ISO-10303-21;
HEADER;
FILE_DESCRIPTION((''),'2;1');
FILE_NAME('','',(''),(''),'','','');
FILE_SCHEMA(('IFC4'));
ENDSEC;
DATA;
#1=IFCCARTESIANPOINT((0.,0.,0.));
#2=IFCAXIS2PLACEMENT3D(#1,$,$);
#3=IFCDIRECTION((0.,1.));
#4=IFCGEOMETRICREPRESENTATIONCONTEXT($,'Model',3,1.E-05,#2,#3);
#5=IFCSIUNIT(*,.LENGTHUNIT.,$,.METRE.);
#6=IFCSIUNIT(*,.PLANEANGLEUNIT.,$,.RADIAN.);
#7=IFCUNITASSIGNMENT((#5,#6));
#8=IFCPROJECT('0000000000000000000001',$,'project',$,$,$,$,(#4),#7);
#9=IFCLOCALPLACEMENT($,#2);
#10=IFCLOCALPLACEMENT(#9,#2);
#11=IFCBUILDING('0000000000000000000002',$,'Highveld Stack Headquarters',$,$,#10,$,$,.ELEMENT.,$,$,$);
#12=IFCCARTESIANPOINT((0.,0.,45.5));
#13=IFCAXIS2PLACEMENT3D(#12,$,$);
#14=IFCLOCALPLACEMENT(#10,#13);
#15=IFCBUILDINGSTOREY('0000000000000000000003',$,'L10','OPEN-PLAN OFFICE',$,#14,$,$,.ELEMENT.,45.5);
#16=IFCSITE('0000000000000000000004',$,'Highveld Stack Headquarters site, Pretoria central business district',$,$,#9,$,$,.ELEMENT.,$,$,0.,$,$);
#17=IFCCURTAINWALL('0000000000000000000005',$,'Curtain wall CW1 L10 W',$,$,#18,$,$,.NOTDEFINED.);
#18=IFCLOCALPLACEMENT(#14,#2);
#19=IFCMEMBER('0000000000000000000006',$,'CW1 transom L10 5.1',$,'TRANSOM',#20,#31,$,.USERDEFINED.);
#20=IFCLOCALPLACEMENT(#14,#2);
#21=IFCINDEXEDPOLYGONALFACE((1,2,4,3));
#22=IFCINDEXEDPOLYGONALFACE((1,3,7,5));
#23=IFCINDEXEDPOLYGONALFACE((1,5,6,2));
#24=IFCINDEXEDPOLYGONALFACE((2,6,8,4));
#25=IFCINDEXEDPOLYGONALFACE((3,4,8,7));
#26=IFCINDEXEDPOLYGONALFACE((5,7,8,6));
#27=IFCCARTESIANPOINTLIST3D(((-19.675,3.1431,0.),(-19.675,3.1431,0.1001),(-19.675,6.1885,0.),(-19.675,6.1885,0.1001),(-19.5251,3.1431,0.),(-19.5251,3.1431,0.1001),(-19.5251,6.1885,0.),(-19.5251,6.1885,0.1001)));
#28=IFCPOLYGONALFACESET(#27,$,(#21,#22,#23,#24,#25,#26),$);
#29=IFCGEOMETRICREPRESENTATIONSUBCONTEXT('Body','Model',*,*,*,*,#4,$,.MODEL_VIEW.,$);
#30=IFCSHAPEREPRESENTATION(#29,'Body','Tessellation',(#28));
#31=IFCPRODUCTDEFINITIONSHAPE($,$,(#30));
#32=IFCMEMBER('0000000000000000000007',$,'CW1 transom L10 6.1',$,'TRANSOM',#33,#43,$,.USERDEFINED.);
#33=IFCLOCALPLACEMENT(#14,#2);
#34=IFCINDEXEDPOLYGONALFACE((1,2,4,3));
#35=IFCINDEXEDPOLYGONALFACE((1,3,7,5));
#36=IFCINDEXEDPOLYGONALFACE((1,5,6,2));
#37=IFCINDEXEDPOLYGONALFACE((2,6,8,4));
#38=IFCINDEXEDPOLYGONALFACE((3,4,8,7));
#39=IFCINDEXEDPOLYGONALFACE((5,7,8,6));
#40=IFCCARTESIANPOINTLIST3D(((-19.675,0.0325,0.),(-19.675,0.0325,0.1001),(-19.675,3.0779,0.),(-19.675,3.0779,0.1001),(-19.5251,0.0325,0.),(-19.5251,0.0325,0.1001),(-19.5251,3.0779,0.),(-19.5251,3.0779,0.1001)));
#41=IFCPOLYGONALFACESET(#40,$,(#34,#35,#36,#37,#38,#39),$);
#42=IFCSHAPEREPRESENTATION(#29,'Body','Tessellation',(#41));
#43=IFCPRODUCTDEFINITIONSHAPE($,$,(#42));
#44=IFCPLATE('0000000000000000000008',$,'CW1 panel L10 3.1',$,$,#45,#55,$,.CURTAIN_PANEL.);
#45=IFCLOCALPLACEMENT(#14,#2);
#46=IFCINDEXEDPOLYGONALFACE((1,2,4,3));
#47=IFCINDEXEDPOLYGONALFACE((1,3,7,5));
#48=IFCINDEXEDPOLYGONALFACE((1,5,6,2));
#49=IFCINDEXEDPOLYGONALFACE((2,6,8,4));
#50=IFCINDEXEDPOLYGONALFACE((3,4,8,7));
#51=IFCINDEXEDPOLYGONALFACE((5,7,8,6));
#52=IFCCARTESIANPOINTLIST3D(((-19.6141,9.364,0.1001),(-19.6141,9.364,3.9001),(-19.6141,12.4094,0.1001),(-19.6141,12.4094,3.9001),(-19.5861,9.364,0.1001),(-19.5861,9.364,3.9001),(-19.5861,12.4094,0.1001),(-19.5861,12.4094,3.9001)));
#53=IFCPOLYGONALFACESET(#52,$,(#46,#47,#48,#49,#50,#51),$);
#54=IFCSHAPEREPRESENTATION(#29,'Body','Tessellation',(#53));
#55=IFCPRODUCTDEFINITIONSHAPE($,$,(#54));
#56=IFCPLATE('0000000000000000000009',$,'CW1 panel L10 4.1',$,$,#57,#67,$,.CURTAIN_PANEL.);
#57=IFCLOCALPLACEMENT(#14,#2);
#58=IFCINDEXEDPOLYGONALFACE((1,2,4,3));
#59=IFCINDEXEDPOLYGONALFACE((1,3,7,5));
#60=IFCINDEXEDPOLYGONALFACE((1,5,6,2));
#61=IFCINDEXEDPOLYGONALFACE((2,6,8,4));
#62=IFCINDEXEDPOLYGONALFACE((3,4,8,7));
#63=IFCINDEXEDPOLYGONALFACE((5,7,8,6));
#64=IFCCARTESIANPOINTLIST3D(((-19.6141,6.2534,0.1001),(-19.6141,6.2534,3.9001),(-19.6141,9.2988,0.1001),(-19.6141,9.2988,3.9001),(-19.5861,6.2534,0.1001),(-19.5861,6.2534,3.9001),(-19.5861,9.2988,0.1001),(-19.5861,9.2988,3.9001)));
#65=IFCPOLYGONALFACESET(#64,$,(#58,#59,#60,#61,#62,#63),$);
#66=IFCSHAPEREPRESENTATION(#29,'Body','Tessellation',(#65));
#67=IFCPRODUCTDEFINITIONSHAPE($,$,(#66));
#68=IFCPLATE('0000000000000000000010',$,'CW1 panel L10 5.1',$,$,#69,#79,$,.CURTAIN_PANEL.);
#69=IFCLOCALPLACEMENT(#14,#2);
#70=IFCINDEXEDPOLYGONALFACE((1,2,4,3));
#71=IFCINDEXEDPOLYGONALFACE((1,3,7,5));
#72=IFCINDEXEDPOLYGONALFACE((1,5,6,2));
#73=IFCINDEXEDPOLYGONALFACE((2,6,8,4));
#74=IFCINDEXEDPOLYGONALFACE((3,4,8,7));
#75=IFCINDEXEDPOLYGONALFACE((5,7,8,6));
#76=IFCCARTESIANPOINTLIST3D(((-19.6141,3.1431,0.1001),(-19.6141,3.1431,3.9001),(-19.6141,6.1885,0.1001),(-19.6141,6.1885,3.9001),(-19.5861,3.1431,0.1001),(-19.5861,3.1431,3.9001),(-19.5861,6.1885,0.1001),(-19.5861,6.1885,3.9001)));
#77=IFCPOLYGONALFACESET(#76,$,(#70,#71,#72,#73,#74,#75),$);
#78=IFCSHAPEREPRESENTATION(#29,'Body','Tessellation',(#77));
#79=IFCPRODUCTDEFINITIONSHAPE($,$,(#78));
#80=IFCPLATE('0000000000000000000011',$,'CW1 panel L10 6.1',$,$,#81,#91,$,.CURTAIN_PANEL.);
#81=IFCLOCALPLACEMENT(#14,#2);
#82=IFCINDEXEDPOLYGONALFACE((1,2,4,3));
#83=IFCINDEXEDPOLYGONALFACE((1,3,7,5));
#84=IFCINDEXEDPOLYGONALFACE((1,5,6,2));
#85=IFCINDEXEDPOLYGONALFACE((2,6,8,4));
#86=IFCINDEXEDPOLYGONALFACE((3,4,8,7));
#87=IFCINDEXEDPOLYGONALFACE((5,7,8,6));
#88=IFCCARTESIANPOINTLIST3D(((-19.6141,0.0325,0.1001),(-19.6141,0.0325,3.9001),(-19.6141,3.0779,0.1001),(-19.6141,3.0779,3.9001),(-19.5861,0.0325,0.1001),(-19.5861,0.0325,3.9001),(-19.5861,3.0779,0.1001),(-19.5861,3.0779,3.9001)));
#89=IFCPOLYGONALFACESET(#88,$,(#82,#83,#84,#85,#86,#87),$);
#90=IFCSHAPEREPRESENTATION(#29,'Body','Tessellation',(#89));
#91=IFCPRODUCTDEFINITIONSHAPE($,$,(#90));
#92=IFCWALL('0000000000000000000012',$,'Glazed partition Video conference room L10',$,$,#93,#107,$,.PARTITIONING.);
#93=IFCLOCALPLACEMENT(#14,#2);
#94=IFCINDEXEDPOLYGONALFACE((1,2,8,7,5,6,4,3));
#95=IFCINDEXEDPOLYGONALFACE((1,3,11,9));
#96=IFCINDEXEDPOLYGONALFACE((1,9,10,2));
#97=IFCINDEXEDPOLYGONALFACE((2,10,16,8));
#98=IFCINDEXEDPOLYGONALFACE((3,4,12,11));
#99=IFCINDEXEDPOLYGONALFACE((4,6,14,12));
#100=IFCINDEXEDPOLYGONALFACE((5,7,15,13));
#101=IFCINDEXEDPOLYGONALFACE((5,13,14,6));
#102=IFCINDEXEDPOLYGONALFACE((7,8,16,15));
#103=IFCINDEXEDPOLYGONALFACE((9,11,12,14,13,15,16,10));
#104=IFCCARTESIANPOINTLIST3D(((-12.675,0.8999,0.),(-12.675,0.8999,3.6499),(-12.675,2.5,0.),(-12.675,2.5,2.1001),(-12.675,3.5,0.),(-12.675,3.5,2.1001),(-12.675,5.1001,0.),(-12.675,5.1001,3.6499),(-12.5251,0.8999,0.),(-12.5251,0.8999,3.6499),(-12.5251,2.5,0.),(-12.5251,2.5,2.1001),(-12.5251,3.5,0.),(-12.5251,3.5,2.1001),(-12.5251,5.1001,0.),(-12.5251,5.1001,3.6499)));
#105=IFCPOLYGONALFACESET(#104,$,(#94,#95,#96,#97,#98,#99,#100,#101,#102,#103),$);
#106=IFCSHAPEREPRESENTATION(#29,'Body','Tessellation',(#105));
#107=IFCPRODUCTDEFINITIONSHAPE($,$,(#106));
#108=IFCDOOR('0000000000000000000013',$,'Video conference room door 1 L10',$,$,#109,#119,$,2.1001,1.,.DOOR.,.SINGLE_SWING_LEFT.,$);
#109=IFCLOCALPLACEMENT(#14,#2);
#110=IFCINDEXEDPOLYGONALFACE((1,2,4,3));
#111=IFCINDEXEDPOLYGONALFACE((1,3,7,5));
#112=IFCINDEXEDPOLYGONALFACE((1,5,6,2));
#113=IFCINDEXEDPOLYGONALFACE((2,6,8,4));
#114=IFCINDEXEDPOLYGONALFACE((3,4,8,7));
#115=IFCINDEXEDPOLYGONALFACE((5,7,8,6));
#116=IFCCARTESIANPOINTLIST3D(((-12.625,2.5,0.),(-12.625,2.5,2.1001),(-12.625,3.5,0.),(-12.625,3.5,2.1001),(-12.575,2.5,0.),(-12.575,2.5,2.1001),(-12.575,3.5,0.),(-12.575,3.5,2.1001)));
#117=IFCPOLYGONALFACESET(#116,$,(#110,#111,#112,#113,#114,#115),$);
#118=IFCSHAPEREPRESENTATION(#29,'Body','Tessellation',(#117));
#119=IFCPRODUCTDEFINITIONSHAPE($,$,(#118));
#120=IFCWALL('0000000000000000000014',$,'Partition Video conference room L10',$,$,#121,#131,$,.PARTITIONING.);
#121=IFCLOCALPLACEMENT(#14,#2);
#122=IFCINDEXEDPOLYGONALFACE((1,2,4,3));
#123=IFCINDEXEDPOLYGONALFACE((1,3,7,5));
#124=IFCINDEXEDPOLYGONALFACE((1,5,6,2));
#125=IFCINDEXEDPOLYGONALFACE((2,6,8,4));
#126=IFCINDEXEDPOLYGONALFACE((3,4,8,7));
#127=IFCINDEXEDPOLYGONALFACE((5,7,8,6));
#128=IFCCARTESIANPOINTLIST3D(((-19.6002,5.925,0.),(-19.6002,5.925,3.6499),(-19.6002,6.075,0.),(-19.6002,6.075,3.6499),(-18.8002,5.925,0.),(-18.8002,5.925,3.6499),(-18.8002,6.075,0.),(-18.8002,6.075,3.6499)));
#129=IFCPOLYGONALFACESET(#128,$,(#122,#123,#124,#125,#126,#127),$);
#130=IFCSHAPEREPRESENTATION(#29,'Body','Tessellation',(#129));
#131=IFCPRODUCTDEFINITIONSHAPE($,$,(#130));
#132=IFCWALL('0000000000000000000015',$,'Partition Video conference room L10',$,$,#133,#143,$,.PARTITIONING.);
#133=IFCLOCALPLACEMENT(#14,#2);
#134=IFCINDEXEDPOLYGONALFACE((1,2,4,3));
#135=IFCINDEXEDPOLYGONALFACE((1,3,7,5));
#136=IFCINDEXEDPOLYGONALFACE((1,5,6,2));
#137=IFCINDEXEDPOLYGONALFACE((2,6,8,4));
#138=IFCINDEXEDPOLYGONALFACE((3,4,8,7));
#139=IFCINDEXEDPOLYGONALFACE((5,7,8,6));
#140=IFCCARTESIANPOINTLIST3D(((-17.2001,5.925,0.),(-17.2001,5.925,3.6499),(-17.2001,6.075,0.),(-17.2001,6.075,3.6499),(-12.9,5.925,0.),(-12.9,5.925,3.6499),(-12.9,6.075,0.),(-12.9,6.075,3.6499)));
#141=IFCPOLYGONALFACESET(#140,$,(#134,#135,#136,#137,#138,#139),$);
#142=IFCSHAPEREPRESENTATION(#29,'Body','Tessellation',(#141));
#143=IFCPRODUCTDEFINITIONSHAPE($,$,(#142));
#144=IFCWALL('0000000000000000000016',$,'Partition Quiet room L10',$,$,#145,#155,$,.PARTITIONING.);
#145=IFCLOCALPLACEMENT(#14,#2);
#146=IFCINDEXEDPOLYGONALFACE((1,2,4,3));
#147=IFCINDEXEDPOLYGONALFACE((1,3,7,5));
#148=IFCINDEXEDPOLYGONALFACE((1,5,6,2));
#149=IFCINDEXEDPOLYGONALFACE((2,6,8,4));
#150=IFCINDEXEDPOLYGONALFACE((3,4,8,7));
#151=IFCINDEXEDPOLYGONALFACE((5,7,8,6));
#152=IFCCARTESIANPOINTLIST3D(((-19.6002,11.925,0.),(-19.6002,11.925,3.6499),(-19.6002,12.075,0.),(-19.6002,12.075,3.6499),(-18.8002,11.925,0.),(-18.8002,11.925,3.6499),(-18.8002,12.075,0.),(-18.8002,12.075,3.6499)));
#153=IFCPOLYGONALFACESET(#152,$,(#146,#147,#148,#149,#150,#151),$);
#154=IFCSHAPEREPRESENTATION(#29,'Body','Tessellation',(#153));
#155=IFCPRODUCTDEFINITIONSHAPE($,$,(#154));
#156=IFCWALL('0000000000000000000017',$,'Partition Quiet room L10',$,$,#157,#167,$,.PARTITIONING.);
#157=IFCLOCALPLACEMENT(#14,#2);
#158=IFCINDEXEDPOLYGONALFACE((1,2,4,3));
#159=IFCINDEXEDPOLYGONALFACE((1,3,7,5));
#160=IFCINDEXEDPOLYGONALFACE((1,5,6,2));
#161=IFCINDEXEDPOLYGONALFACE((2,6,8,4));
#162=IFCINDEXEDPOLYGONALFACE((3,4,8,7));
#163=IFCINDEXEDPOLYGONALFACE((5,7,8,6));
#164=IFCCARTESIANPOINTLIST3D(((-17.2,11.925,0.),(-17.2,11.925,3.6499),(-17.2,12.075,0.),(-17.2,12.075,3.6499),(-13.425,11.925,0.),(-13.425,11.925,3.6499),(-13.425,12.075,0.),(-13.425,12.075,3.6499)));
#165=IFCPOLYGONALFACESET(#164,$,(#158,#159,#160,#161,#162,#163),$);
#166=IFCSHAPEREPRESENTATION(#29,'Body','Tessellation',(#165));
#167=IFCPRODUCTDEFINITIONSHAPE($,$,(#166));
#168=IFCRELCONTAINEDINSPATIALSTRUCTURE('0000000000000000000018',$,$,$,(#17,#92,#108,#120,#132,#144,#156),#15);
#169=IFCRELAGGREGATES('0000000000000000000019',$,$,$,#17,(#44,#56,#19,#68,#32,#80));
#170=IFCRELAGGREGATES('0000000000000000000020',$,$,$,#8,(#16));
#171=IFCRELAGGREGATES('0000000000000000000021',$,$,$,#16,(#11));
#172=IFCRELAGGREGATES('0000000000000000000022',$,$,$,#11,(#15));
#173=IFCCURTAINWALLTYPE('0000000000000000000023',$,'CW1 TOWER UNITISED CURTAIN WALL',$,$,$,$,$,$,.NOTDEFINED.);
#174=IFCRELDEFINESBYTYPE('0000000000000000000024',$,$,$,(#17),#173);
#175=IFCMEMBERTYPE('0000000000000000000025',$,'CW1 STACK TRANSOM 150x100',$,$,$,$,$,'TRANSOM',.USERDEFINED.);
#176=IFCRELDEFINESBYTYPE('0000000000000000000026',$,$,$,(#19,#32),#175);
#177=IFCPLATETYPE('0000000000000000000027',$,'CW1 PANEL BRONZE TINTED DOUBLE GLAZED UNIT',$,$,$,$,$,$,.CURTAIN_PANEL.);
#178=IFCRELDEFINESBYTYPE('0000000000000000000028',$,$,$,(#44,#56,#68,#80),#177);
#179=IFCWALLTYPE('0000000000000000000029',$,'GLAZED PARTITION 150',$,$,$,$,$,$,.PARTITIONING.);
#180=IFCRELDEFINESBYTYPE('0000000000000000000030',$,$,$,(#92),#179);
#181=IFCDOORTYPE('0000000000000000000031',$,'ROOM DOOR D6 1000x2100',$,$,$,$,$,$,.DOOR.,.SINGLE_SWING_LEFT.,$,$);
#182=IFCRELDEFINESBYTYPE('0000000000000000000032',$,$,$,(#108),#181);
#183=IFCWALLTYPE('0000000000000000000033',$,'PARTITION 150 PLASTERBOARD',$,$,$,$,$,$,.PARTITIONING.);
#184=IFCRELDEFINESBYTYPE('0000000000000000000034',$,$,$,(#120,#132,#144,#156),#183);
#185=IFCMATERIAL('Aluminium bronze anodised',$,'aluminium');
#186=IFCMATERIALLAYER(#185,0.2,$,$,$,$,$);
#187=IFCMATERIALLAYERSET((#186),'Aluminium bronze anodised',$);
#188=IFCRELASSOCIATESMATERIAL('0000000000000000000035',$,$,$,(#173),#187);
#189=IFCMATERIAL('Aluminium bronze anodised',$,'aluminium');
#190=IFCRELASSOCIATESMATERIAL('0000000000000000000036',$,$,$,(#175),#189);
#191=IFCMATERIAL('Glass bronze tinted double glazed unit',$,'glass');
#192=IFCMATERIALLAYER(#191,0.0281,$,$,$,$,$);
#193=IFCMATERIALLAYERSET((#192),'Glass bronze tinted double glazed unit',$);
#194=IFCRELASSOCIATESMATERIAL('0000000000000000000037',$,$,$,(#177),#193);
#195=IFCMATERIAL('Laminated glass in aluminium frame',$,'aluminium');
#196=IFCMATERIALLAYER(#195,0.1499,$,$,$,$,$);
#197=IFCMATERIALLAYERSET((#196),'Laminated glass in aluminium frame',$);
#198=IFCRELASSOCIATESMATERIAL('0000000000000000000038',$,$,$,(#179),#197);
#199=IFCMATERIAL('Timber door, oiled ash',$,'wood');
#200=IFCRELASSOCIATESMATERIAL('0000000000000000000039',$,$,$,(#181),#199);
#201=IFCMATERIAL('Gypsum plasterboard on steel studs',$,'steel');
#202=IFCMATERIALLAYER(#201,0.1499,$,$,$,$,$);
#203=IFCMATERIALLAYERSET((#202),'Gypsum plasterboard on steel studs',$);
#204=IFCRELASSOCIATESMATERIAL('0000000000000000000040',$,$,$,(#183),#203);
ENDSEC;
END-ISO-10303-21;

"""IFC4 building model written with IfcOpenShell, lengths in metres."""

from ifc_helpers import new_model, si_unit, direction, frame, frame_2d, origin, origin_2d, place, context, subcontext, project, spatial, rectangle, extrude, material, layer, layer_set, material_profile, profile_set, type_object, element, fill, aggregate, save


model = new_model("IFC4")

# Units and contexts
model_context = context("Model", 3, precision=1e-05, world=origin(), true_north=direction((0.0, 1.0)))
body_context = subcontext(model_context, "Body", "Model", "MODEL_VIEW")
ifc_project = project(units=[si_unit("LENGTHUNIT", "METRE"), si_unit("PLANEANGLEUNIT", "RADIAN")], contexts=[model_context])

# Site, building, storey
site_placement = place(None, origin())
site = spatial("IfcSite", under=ifc_project, at=site_placement, Name="Highveld Stack Headquarters site, Pretoria central business district", CompositionType="ELEMENT", RefElevation=0.0)
building_placement = place(site_placement, origin())
building = spatial("IfcBuilding", under=site, at=building_placement, Name="Highveld Stack Headquarters", CompositionType="ELEMENT")
storey_placement = place(building_placement, frame((0.0, 0.0, 45.5)))
storey = spatial("IfcBuildingStorey", under=building, at=storey_placement, Name="L10", Description="OPEN-PLAN OFFICE", CompositionType="ELEMENT", Elevation=45.5)

# Curtain wall, members, plates
ifc_material_1 = material(Name="Aluminium bronze anodised", Category="aluminium")
ifc_layer_1 = layer(ifc_material_1, 0.2)
ifc_layer_set_1 = layer_set([ifc_layer_1], Name="Aluminium bronze anodised")
curtain_wall_type = type_object("IfcCurtainWallType", Name="CW1 TOWER UNITISED CURTAIN WALL", PredefinedType="NOTDEFINED", material=ifc_layer_set_1)
curtain_wall_placement = place(storey_placement, origin())
curtain_wall = element("IfcCurtainWall", 1, at=curtain_wall_placement, inside=storey, type_object=curtain_wall_type, Name="Curtain wall CW1 L10 W", PredefinedType="NOTDEFINED")
ifc_material_2 = material(Name="Aluminium bronze anodised", Category="aluminium")
ifc_material_profile_1 = material_profile(ifc_material_2, rectangle(XDim=0.1499, YDim=0.1001, at=origin_2d()), Name="CW1 TRANSOM 150x100")
ifc_profile_set_1 = profile_set([ifc_material_profile_1], Name="Aluminium bronze anodised")
member_type_1 = type_object("IfcMemberType", Name="CW1 STACK TRANSOM 150x100", ElementType="TRANSOM", PredefinedType="USERDEFINED", material=ifc_profile_set_1)
member_1_placement = place(storey_placement, frame((-19.6001, 6.1885, 0.05), z_axis=(0.0, -1.0, 0.0), x_axis=(1.0, 0.0, 0.0)))
member_1 = element("IfcMember", 2, at=member_1_placement, type_object=member_type_1, Name="CW1 transom L10 5.1", ObjectType="TRANSOM", PredefinedType="USERDEFINED", context=body_context, shape_type="SweptSolid", body=[
    extrude(rectangle(XDim=0.1499, YDim=0.1001, at=origin_2d()), origin(), (0.0, 0.0, 1.0), 3.0454),
])
member_2_placement = place(storey_placement, frame((-19.6001, 3.0779, 0.05), z_axis=(0.0, -1.0, 0.0), x_axis=(1.0, 0.0, 0.0)))
member_2 = element("IfcMember", 3, at=member_2_placement, type_object=member_type_1, Name="CW1 transom L10 6.1", ObjectType="TRANSOM", PredefinedType="USERDEFINED", context=body_context, shape_type="SweptSolid", body=[
    extrude(rectangle(XDim=0.1499, YDim=0.1001, at=origin_2d()), origin(), (0.0, 0.0, 1.0), 3.0454),
])
ifc_material_3 = material(Name="Glass bronze tinted double glazed unit", Category="glass")
ifc_layer_2 = layer(ifc_material_3, 0.0281)
ifc_layer_set_2 = layer_set([ifc_layer_2], Name="Glass bronze tinted double glazed unit")
plate_type = type_object("IfcPlateType", Name="CW1 PANEL BRONZE TINTED DOUBLE GLAZED UNIT", PredefinedType="CURTAIN_PANEL", material=ifc_layer_set_2)
plate_1_placement = place(storey_placement, frame((-19.6001, 10.8867, 0.1001), z_axis=(0.0, 0.0, 1.0), x_axis=(0.0, -1.0, 0.0)))
plate_1 = element("IfcPlate", 4, at=plate_1_placement, type_object=plate_type, Name="CW1 panel L10 3.1", PredefinedType="CURTAIN_PANEL", context=body_context, shape_type="SweptSolid", body=[
    extrude(rectangle(XDim=3.0454, YDim=0.0281, at=origin_2d()), origin(), (0.0, 0.0, 1.0), 3.8),
])
plate_2_placement = place(storey_placement, frame((-19.6001, 7.7761, 0.1001), z_axis=(0.0, 0.0, 1.0), x_axis=(0.0, -1.0, 0.0)))
plate_2 = element("IfcPlate", 5, at=plate_2_placement, type_object=plate_type, Name="CW1 panel L10 4.1", PredefinedType="CURTAIN_PANEL", context=body_context, shape_type="SweptSolid", body=[
    extrude(rectangle(XDim=3.0454, YDim=0.0281, at=origin_2d()), origin(), (0.0, 0.0, 1.0), 3.8),
])
plate_3_placement = place(storey_placement, frame((-19.6001, 4.6658, 0.1001), z_axis=(0.0, 0.0, 1.0), x_axis=(0.0, -1.0, 0.0)))
plate_3 = element("IfcPlate", 6, at=plate_3_placement, type_object=plate_type, Name="CW1 panel L10 5.1", PredefinedType="CURTAIN_PANEL", context=body_context, shape_type="SweptSolid", body=[
    extrude(rectangle(XDim=3.0454, YDim=0.0281, at=origin_2d()), origin(), (0.0, 0.0, 1.0), 3.8),
])
plate_4_placement = place(storey_placement, frame((-19.6001, 1.5552, 0.1001), z_axis=(0.0, 0.0, 1.0), x_axis=(0.0, -1.0, 0.0)))
plate_4 = element("IfcPlate", 7, at=plate_4_placement, type_object=plate_type, Name="CW1 panel L10 6.1", PredefinedType="CURTAIN_PANEL", context=body_context, shape_type="SweptSolid", body=[
    extrude(rectangle(XDim=3.0454, YDim=0.0281, at=origin_2d()), origin(), (0.0, 0.0, 1.0), 3.8),
])
aggregate(curtain_wall, [plate_1, plate_2, member_1, plate_3, member_2, plate_4])

# Wall, opening, door
ifc_material_4 = material(Name="Laminated glass in aluminium frame", Category="aluminium")
ifc_layer_3 = layer(ifc_material_4, 0.1499)
ifc_layer_set_3 = layer_set([ifc_layer_3], Name="Laminated glass in aluminium frame")
wall_type_1 = type_object("IfcWallType", Name="GLAZED PARTITION 150", PredefinedType="PARTITIONING", material=ifc_layer_set_3)
wall_1_placement = place(storey_placement, frame((-12.6001, 0.8999, 0.0), z_axis=(0.0, 0.0, 1.0), x_axis=(0.0, 1.0, 0.0)))
wall_1 = element("IfcWall", 8, at=wall_1_placement, inside=storey, type_object=wall_type_1, Name="Glazed partition Video conference room L10", PredefinedType="PARTITIONING", context=body_context, shape_type="SweptSolid", body=[
    extrude(rectangle(XDim=4.2002, YDim=0.1499, at=frame_2d((2.1001, 0.0))), origin(), (0.0, 0.0, 1.0), 3.6499),
])
opening_1_placement = place(wall_1_placement, frame((1.6001, 0.0, 0.0)))
opening_1 = element("IfcOpeningElement", 9, at=opening_1_placement, cuts=wall_1, PredefinedType="OPENING", context=body_context, shape_type="SweptSolid", body=[
    extrude(rectangle(XDim=1.0, YDim=2.1001, at=frame_2d((0.5, 1.05))), frame((0.0, 0.085, 0.0), z_axis=(0.0, -1.0, 0.0), x_axis=(1.0, 0.0, 0.0)), (0.0, 0.0, 1.0), 0.1699),
])
ifc_material_5 = material(Name="Timber door, oiled ash", Category="wood")
door_type = type_object("IfcDoorType", Name="ROOM DOOR D6 1000x2100", OperationType="SINGLE_SWING_LEFT", PredefinedType="DOOR", material=ifc_material_5)
door_1_placement = place(opening_1_placement, origin())
door_1 = element("IfcDoor", 10, at=door_1_placement, inside=storey, type_object=door_type, Name="Video conference room door 1 L10", OperationType="SINGLE_SWING_LEFT", OverallHeight=2.1001, OverallWidth=1.0, PredefinedType="DOOR", context=body_context, shape_type="SweptSolid", body=[
    extrude(rectangle(XDim=1.0, YDim=2.1001, at=frame_2d((0.5, 1.05))), frame((0.0, 0.0249, 0.0), z_axis=(0.0, -1.0, 0.0), x_axis=(1.0, 0.0, 0.0)), (0.0, 0.0, 1.0), 0.05),
])
fill(opening_1, door_1)

# Walls
ifc_material_6 = material(Name="Gypsum plasterboard on steel studs", Category="steel")
ifc_layer_4 = layer(ifc_material_6, 0.1499)
ifc_layer_set_4 = layer_set([ifc_layer_4], Name="Gypsum plasterboard on steel studs")
wall_type_2 = type_object("IfcWallType", Name="PARTITION 150 PLASTERBOARD", PredefinedType="PARTITIONING", material=ifc_layer_set_4)
wall_2_placement = place(storey_placement, frame((-19.6001, 6.0, 0.0), z_axis=(0.0, 0.0, 1.0), x_axis=(1.0, 0.0, 0.0)))
element("IfcWall", 11, at=wall_2_placement, inside=storey, type_object=wall_type_2, Name="Partition Video conference room L10", PredefinedType="PARTITIONING", context=body_context, shape_type="SweptSolid", body=[
    extrude(rectangle(XDim=0.8, YDim=0.1499, at=frame_2d((0.3999, 0.0))), origin(), (0.0, 0.0, 1.0), 3.6499),
])
wall_3_placement = place(storey_placement, frame((-17.2, 6.0, 0.0), z_axis=(0.0, 0.0, 1.0), x_axis=(1.0, 0.0, 0.0)))
element("IfcWall", 12, at=wall_3_placement, inside=storey, type_object=wall_type_2, Name="Partition Video conference room L10", PredefinedType="PARTITIONING", context=body_context, shape_type="SweptSolid", body=[
    extrude(rectangle(XDim=4.3, YDim=0.1499, at=frame_2d((2.1499, 0.0))), origin(), (0.0, 0.0, 1.0), 3.6499),
])
wall_4_placement = place(storey_placement, frame((-19.6001, 12.0, 0.0), z_axis=(0.0, 0.0, 1.0), x_axis=(1.0, 0.0, 0.0)))
element("IfcWall", 13, at=wall_4_placement, inside=storey, type_object=wall_type_2, Name="Partition Quiet room L10", PredefinedType="PARTITIONING", context=body_context, shape_type="SweptSolid", body=[
    extrude(rectangle(XDim=0.8, YDim=0.1499, at=frame_2d((0.3999, 0.0))), origin(), (0.0, 0.0, 1.0), 3.6499),
])
wall_5_placement = place(storey_placement, frame((-17.2, 12.0, 0.0), z_axis=(0.0, 0.0, 1.0), x_axis=(1.0, 0.0, 0.0)))
element("IfcWall", 14, at=wall_5_placement, inside=storey, type_object=wall_type_2, Name="Partition Quiet room L10", PredefinedType="PARTITIONING", context=body_context, shape_type="SweptSolid", body=[
    extrude(rectangle(XDim=3.7749, YDim=0.1499, at=frame_2d((1.8875, 0.0))), origin(), (0.0, 0.0, 1.0), 3.6499),
])

save(model, "model.ifc")
